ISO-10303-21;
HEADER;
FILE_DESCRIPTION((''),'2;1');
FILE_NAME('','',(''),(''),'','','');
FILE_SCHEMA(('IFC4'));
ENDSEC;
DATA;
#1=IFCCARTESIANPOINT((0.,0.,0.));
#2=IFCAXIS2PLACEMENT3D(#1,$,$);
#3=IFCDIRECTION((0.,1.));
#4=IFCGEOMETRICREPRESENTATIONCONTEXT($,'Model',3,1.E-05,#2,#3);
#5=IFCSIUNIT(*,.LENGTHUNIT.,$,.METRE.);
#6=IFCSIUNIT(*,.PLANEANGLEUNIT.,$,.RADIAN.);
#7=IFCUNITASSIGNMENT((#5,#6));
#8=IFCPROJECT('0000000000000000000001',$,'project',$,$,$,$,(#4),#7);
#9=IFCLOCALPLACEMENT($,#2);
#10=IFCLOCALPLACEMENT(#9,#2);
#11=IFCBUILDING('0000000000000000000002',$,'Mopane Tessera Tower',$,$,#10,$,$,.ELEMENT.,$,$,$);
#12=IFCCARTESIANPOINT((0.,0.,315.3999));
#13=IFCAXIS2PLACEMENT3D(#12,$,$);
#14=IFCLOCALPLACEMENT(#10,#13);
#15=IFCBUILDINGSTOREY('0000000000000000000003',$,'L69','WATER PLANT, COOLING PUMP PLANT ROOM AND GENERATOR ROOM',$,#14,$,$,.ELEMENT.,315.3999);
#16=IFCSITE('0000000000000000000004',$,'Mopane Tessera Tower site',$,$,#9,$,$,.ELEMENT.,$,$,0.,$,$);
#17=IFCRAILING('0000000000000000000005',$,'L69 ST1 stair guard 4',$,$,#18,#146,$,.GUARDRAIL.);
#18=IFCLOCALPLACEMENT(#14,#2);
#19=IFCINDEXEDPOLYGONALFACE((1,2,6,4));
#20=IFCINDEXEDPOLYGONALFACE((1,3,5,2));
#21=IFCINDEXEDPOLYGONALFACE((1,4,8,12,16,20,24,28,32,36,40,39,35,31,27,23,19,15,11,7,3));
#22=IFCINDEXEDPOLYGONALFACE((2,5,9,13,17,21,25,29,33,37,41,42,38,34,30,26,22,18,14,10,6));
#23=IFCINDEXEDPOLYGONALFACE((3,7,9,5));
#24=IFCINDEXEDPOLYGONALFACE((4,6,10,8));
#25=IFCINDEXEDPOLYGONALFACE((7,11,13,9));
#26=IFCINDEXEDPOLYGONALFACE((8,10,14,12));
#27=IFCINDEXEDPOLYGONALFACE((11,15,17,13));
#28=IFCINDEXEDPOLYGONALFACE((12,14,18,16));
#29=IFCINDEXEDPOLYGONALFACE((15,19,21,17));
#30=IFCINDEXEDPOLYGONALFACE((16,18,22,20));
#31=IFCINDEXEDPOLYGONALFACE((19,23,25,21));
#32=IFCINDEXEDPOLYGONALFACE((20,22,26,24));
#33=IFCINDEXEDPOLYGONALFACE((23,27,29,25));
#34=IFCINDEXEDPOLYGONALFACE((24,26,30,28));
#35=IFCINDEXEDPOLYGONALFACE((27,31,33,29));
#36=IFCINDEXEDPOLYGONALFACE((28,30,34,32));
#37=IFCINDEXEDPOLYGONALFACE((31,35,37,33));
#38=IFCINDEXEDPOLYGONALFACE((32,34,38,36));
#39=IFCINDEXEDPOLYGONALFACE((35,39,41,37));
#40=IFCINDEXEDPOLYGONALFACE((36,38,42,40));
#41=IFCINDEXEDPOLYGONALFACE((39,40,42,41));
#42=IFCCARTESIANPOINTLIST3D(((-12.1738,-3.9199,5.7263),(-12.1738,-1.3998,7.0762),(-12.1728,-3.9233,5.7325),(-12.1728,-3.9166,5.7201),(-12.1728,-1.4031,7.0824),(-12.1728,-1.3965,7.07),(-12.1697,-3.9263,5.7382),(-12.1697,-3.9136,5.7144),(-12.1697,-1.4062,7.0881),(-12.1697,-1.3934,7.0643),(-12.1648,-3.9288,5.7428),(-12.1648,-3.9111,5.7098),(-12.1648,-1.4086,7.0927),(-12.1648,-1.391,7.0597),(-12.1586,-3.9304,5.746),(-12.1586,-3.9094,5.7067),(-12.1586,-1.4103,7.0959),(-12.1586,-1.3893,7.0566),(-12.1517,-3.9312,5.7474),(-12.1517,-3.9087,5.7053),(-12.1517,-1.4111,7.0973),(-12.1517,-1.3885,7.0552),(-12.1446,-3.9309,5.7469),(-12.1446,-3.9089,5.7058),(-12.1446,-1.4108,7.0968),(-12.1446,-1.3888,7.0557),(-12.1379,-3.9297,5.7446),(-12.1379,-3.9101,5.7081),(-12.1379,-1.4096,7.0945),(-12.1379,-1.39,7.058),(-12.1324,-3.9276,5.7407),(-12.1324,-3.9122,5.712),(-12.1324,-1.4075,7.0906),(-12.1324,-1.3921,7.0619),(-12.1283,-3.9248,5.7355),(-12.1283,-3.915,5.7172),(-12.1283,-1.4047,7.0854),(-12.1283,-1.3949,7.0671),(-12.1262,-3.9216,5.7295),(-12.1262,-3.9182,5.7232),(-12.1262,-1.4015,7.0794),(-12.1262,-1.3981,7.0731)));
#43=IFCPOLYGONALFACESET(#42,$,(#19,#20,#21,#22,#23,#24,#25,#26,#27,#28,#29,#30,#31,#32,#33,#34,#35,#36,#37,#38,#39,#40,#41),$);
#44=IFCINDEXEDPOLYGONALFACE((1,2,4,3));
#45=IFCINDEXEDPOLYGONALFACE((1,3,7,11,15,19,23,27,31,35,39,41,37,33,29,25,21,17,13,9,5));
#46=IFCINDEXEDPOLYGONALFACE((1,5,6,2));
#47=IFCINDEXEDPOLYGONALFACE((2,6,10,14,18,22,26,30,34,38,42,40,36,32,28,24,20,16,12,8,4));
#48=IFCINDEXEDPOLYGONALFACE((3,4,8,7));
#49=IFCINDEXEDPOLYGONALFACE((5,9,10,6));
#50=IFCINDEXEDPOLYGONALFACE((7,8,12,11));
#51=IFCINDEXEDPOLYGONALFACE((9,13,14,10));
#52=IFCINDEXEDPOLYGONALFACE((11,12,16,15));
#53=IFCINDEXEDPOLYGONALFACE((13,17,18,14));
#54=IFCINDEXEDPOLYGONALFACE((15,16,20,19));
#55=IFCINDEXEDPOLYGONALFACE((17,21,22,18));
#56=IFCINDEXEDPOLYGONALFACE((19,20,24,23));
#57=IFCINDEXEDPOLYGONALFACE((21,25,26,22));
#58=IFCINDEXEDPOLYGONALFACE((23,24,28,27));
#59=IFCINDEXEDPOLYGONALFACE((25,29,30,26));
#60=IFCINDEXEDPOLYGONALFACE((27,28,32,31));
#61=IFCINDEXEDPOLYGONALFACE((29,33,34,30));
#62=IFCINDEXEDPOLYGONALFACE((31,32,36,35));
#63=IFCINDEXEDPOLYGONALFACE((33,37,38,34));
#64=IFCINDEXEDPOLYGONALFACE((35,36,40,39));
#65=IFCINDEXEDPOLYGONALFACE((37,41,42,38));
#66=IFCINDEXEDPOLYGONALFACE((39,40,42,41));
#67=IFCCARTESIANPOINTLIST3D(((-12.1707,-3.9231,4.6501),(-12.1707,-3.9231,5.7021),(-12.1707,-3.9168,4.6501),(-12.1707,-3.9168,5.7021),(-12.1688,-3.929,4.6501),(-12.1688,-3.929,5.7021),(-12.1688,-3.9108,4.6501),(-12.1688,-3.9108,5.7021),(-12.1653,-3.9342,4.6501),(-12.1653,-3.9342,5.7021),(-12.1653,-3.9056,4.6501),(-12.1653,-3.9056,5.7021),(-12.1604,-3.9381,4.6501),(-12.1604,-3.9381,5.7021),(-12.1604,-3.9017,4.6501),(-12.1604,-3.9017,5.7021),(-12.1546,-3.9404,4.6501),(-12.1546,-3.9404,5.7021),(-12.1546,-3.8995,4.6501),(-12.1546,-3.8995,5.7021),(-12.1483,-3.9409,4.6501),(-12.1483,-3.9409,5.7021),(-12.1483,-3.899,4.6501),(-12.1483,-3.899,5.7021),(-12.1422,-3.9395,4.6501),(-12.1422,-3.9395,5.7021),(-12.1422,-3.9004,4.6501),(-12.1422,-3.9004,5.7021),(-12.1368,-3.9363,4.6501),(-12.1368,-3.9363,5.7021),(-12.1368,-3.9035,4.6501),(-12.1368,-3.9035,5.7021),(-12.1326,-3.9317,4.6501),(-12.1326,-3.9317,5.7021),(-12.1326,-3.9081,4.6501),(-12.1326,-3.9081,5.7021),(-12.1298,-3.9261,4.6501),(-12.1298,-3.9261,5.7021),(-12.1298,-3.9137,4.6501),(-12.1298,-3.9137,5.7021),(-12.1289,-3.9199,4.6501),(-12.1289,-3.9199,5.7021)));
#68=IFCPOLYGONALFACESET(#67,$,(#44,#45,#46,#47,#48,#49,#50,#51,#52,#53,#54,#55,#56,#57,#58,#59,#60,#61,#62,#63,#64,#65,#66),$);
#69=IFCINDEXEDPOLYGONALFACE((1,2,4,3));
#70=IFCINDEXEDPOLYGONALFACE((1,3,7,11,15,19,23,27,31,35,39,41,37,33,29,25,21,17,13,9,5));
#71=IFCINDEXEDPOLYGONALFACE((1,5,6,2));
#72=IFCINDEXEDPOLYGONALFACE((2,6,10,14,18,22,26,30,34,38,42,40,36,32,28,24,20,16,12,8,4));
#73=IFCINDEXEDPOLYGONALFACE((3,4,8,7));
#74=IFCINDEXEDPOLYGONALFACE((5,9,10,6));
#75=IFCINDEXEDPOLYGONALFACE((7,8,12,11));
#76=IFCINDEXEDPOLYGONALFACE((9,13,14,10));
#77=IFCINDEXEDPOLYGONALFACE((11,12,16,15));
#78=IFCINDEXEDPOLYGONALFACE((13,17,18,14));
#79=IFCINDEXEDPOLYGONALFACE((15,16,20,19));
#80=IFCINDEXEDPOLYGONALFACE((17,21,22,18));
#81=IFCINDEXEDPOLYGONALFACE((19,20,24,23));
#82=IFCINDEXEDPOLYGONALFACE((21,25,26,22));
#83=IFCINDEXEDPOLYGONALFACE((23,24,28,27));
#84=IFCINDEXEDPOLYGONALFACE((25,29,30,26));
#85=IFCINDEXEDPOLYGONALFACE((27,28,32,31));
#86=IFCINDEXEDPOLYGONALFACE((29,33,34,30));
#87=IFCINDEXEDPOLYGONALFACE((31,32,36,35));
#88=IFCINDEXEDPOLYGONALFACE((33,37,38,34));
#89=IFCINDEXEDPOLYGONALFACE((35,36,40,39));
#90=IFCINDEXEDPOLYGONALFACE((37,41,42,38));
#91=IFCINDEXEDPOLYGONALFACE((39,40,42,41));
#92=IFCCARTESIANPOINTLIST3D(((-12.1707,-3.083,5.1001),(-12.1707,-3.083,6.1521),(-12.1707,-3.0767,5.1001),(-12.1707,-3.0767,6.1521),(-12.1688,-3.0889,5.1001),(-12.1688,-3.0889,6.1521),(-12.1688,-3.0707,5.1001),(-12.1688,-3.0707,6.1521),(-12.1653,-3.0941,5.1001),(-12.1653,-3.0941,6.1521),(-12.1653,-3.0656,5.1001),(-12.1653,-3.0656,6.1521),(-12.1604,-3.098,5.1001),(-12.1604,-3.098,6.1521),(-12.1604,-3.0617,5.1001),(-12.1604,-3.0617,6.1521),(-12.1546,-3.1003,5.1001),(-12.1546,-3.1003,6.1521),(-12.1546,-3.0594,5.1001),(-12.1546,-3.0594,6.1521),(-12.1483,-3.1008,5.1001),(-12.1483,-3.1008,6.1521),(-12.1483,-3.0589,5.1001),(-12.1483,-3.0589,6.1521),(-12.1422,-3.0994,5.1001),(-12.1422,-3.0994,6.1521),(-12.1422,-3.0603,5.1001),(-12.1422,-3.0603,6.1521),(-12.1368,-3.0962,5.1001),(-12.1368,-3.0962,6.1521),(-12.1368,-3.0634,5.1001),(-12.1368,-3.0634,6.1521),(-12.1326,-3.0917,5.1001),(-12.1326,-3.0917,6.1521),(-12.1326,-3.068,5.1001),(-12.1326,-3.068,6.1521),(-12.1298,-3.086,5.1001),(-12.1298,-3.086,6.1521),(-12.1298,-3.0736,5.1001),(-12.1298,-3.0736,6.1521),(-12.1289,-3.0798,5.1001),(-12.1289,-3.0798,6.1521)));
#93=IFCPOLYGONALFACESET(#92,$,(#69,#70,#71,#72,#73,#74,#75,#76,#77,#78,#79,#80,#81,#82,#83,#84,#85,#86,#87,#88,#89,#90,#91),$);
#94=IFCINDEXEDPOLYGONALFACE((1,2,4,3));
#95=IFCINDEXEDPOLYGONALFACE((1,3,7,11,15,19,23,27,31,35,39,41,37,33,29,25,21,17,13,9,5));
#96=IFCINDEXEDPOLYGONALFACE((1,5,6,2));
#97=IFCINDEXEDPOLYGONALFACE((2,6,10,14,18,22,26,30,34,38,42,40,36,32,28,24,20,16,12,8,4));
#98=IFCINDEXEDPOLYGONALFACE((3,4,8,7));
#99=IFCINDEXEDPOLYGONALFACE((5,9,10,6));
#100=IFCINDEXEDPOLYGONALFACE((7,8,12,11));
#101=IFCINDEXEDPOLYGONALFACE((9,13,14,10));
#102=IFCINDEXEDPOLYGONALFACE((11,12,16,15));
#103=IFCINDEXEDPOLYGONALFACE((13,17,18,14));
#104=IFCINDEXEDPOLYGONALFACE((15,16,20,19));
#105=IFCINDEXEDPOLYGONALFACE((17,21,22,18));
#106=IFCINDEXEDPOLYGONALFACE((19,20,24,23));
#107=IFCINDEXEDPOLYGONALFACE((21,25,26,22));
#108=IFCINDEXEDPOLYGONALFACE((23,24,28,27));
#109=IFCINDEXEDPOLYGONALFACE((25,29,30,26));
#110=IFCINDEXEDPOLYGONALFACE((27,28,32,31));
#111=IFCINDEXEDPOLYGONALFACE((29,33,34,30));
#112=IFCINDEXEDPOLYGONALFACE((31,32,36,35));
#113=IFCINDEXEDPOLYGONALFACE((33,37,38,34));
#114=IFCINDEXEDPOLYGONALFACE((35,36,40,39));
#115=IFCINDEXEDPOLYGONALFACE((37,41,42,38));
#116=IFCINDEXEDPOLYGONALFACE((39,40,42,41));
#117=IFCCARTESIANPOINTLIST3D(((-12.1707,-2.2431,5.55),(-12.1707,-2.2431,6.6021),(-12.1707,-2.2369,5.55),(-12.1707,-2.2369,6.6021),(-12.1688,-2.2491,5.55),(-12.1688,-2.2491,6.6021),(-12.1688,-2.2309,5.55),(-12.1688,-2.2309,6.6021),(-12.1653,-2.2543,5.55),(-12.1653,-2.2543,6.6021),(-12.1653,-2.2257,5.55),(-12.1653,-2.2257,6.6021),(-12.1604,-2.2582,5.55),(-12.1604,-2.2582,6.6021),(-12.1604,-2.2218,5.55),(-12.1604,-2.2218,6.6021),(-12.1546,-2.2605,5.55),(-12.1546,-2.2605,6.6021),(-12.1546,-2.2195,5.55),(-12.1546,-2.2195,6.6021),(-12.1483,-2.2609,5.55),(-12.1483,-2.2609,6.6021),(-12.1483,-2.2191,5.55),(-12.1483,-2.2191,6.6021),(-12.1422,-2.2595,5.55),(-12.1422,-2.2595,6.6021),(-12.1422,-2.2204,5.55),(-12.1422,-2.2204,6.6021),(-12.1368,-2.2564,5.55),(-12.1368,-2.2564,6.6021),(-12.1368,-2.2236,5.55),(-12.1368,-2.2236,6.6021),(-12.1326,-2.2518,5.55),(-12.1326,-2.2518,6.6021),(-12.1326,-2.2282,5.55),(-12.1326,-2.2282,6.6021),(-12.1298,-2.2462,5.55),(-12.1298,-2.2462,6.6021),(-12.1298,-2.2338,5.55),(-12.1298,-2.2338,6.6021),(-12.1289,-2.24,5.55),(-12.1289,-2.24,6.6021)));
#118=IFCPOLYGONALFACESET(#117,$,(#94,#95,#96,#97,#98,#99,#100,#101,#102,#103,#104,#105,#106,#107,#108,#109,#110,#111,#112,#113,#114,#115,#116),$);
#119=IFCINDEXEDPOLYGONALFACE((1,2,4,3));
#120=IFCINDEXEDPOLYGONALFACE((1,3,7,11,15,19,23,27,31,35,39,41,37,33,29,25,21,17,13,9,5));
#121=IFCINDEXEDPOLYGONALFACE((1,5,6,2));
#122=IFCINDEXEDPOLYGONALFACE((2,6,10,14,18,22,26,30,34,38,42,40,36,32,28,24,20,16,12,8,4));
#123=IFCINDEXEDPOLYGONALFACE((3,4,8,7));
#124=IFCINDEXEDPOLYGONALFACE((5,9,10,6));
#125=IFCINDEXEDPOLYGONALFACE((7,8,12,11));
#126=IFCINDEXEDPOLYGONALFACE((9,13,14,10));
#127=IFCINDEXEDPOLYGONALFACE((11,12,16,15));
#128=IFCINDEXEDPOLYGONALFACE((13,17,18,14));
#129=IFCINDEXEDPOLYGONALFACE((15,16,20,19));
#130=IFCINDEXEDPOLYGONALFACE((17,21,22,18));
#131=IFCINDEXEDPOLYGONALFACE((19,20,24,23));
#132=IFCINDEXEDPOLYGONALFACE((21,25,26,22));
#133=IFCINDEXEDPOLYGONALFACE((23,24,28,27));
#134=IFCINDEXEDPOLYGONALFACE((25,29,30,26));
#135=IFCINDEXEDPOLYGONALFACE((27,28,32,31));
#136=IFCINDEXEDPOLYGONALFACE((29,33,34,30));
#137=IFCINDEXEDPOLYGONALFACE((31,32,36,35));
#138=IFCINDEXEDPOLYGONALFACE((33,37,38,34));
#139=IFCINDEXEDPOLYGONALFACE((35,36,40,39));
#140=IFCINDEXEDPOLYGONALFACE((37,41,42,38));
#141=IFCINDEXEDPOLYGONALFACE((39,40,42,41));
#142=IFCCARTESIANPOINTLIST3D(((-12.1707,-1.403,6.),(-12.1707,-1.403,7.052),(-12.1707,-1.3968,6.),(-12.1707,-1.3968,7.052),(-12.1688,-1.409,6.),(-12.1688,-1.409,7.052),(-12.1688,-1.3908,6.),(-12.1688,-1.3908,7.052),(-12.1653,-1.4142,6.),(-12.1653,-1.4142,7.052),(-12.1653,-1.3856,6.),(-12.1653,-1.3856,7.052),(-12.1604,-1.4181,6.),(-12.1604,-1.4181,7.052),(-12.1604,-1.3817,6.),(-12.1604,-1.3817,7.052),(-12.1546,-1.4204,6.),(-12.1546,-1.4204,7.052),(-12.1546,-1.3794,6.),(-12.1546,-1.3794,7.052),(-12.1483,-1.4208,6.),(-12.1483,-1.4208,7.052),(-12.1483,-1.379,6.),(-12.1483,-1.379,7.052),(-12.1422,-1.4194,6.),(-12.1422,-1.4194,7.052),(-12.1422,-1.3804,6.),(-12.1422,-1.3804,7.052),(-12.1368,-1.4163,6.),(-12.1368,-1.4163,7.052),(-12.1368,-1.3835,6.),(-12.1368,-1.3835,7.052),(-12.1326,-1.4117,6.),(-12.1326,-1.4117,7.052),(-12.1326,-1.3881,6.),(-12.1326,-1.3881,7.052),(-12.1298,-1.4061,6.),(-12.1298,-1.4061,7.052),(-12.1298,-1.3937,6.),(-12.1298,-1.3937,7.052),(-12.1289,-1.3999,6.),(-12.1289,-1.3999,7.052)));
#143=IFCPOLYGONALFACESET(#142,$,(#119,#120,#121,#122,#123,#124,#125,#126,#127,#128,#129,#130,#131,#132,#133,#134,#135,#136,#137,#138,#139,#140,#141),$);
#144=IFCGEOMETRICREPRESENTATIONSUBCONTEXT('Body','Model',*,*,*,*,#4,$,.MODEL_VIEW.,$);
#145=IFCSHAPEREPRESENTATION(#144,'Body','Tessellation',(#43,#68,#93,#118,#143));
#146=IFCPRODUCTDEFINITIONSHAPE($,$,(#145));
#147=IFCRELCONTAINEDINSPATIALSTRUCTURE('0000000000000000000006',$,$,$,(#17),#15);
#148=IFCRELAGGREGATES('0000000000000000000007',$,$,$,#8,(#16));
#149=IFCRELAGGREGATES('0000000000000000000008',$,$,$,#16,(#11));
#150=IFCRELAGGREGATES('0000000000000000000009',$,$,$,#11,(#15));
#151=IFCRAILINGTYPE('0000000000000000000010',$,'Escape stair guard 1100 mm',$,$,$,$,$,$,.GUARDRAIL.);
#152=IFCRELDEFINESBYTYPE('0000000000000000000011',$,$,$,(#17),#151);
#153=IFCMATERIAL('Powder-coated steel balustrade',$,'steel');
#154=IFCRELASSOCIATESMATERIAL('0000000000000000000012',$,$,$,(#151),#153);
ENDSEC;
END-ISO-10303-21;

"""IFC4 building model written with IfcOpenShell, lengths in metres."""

from ifc_helpers import new_model, si_unit, direction, frame, origin, origin_2d, place, context, subcontext, project, spatial, circle, extrude, material, type_object, element, save


model = new_model("IFC4")

# Units and contexts
model_context = context("Model", 3, precision=1e-05, world=origin(), true_north=direction((0.0, 1.0)))
body_context = subcontext(model_context, "Body", "Model", "MODEL_VIEW")
ifc_project = project(units=[si_unit("LENGTHUNIT", "METRE"), si_unit("PLANEANGLEUNIT", "RADIAN")], contexts=[model_context])

# Site, building, storey
site_placement = place(None, origin())
site = spatial("IfcSite", under=ifc_project, at=site_placement, Name="Mopane Tessera Tower site", CompositionType="ELEMENT", RefElevation=0.0)
building_placement = place(site_placement, origin())
building = spatial("IfcBuilding", under=site, at=building_placement, Name="Mopane Tessera Tower", CompositionType="ELEMENT")
storey_placement = place(building_placement, frame((0.0, 0.0, 315.3999)))
storey = spatial("IfcBuildingStorey", under=building, at=storey_placement, Name="L69", Description="WATER PLANT, COOLING PUMP PLANT ROOM AND GENERATOR ROOM", CompositionType="ELEMENT", Elevation=315.3999)

# Railing
ifc_material_1 = material(Name="Powder-coated steel balustrade", Category="steel")
railing_type_1 = type_object("IfcRailingType", Name="Escape stair guard 1100 mm", PredefinedType="GUARDRAIL", material=ifc_material_1)
railing_1_placement = place(storey_placement, frame((-12.1499, -3.9199, 4.6501)))
element("IfcRailing", 1, at=railing_1_placement, inside=storey, type_object=railing_type_1, Name="L69 ST1 stair guard 4", PredefinedType="GUARDRAIL", context=body_context, shape_type="SweptSolid", body=[
    extrude(circle(Radius=0.0239, at=origin_2d()), frame((0.0, 0.0, 1.0762), z_axis=(0.0, 0.881503, 0.472179), x_axis=(-1.0, 0.0, 0.0)), (0.0, 0.0, 1.0), 2.8589),
    extrude(circle(Radius=0.021, at=origin_2d()), origin(), (0.0, 0.0, 1.0), 1.052),
    extrude(circle(Radius=0.021, at=origin_2d()), frame((0.0, 0.8401, 0.45)), (0.0, 0.0, 1.0), 1.052),
    extrude(circle(Radius=0.021, at=origin_2d()), frame((0.0, 1.6799, 0.8999)), (0.0, 0.0, 1.0), 1.052),
    extrude(circle(Radius=0.021, at=origin_2d()), frame((0.0, 2.52, 1.3499)), (0.0, 0.0, 1.0), 1.052),
])

save(model, "model.ifc")
